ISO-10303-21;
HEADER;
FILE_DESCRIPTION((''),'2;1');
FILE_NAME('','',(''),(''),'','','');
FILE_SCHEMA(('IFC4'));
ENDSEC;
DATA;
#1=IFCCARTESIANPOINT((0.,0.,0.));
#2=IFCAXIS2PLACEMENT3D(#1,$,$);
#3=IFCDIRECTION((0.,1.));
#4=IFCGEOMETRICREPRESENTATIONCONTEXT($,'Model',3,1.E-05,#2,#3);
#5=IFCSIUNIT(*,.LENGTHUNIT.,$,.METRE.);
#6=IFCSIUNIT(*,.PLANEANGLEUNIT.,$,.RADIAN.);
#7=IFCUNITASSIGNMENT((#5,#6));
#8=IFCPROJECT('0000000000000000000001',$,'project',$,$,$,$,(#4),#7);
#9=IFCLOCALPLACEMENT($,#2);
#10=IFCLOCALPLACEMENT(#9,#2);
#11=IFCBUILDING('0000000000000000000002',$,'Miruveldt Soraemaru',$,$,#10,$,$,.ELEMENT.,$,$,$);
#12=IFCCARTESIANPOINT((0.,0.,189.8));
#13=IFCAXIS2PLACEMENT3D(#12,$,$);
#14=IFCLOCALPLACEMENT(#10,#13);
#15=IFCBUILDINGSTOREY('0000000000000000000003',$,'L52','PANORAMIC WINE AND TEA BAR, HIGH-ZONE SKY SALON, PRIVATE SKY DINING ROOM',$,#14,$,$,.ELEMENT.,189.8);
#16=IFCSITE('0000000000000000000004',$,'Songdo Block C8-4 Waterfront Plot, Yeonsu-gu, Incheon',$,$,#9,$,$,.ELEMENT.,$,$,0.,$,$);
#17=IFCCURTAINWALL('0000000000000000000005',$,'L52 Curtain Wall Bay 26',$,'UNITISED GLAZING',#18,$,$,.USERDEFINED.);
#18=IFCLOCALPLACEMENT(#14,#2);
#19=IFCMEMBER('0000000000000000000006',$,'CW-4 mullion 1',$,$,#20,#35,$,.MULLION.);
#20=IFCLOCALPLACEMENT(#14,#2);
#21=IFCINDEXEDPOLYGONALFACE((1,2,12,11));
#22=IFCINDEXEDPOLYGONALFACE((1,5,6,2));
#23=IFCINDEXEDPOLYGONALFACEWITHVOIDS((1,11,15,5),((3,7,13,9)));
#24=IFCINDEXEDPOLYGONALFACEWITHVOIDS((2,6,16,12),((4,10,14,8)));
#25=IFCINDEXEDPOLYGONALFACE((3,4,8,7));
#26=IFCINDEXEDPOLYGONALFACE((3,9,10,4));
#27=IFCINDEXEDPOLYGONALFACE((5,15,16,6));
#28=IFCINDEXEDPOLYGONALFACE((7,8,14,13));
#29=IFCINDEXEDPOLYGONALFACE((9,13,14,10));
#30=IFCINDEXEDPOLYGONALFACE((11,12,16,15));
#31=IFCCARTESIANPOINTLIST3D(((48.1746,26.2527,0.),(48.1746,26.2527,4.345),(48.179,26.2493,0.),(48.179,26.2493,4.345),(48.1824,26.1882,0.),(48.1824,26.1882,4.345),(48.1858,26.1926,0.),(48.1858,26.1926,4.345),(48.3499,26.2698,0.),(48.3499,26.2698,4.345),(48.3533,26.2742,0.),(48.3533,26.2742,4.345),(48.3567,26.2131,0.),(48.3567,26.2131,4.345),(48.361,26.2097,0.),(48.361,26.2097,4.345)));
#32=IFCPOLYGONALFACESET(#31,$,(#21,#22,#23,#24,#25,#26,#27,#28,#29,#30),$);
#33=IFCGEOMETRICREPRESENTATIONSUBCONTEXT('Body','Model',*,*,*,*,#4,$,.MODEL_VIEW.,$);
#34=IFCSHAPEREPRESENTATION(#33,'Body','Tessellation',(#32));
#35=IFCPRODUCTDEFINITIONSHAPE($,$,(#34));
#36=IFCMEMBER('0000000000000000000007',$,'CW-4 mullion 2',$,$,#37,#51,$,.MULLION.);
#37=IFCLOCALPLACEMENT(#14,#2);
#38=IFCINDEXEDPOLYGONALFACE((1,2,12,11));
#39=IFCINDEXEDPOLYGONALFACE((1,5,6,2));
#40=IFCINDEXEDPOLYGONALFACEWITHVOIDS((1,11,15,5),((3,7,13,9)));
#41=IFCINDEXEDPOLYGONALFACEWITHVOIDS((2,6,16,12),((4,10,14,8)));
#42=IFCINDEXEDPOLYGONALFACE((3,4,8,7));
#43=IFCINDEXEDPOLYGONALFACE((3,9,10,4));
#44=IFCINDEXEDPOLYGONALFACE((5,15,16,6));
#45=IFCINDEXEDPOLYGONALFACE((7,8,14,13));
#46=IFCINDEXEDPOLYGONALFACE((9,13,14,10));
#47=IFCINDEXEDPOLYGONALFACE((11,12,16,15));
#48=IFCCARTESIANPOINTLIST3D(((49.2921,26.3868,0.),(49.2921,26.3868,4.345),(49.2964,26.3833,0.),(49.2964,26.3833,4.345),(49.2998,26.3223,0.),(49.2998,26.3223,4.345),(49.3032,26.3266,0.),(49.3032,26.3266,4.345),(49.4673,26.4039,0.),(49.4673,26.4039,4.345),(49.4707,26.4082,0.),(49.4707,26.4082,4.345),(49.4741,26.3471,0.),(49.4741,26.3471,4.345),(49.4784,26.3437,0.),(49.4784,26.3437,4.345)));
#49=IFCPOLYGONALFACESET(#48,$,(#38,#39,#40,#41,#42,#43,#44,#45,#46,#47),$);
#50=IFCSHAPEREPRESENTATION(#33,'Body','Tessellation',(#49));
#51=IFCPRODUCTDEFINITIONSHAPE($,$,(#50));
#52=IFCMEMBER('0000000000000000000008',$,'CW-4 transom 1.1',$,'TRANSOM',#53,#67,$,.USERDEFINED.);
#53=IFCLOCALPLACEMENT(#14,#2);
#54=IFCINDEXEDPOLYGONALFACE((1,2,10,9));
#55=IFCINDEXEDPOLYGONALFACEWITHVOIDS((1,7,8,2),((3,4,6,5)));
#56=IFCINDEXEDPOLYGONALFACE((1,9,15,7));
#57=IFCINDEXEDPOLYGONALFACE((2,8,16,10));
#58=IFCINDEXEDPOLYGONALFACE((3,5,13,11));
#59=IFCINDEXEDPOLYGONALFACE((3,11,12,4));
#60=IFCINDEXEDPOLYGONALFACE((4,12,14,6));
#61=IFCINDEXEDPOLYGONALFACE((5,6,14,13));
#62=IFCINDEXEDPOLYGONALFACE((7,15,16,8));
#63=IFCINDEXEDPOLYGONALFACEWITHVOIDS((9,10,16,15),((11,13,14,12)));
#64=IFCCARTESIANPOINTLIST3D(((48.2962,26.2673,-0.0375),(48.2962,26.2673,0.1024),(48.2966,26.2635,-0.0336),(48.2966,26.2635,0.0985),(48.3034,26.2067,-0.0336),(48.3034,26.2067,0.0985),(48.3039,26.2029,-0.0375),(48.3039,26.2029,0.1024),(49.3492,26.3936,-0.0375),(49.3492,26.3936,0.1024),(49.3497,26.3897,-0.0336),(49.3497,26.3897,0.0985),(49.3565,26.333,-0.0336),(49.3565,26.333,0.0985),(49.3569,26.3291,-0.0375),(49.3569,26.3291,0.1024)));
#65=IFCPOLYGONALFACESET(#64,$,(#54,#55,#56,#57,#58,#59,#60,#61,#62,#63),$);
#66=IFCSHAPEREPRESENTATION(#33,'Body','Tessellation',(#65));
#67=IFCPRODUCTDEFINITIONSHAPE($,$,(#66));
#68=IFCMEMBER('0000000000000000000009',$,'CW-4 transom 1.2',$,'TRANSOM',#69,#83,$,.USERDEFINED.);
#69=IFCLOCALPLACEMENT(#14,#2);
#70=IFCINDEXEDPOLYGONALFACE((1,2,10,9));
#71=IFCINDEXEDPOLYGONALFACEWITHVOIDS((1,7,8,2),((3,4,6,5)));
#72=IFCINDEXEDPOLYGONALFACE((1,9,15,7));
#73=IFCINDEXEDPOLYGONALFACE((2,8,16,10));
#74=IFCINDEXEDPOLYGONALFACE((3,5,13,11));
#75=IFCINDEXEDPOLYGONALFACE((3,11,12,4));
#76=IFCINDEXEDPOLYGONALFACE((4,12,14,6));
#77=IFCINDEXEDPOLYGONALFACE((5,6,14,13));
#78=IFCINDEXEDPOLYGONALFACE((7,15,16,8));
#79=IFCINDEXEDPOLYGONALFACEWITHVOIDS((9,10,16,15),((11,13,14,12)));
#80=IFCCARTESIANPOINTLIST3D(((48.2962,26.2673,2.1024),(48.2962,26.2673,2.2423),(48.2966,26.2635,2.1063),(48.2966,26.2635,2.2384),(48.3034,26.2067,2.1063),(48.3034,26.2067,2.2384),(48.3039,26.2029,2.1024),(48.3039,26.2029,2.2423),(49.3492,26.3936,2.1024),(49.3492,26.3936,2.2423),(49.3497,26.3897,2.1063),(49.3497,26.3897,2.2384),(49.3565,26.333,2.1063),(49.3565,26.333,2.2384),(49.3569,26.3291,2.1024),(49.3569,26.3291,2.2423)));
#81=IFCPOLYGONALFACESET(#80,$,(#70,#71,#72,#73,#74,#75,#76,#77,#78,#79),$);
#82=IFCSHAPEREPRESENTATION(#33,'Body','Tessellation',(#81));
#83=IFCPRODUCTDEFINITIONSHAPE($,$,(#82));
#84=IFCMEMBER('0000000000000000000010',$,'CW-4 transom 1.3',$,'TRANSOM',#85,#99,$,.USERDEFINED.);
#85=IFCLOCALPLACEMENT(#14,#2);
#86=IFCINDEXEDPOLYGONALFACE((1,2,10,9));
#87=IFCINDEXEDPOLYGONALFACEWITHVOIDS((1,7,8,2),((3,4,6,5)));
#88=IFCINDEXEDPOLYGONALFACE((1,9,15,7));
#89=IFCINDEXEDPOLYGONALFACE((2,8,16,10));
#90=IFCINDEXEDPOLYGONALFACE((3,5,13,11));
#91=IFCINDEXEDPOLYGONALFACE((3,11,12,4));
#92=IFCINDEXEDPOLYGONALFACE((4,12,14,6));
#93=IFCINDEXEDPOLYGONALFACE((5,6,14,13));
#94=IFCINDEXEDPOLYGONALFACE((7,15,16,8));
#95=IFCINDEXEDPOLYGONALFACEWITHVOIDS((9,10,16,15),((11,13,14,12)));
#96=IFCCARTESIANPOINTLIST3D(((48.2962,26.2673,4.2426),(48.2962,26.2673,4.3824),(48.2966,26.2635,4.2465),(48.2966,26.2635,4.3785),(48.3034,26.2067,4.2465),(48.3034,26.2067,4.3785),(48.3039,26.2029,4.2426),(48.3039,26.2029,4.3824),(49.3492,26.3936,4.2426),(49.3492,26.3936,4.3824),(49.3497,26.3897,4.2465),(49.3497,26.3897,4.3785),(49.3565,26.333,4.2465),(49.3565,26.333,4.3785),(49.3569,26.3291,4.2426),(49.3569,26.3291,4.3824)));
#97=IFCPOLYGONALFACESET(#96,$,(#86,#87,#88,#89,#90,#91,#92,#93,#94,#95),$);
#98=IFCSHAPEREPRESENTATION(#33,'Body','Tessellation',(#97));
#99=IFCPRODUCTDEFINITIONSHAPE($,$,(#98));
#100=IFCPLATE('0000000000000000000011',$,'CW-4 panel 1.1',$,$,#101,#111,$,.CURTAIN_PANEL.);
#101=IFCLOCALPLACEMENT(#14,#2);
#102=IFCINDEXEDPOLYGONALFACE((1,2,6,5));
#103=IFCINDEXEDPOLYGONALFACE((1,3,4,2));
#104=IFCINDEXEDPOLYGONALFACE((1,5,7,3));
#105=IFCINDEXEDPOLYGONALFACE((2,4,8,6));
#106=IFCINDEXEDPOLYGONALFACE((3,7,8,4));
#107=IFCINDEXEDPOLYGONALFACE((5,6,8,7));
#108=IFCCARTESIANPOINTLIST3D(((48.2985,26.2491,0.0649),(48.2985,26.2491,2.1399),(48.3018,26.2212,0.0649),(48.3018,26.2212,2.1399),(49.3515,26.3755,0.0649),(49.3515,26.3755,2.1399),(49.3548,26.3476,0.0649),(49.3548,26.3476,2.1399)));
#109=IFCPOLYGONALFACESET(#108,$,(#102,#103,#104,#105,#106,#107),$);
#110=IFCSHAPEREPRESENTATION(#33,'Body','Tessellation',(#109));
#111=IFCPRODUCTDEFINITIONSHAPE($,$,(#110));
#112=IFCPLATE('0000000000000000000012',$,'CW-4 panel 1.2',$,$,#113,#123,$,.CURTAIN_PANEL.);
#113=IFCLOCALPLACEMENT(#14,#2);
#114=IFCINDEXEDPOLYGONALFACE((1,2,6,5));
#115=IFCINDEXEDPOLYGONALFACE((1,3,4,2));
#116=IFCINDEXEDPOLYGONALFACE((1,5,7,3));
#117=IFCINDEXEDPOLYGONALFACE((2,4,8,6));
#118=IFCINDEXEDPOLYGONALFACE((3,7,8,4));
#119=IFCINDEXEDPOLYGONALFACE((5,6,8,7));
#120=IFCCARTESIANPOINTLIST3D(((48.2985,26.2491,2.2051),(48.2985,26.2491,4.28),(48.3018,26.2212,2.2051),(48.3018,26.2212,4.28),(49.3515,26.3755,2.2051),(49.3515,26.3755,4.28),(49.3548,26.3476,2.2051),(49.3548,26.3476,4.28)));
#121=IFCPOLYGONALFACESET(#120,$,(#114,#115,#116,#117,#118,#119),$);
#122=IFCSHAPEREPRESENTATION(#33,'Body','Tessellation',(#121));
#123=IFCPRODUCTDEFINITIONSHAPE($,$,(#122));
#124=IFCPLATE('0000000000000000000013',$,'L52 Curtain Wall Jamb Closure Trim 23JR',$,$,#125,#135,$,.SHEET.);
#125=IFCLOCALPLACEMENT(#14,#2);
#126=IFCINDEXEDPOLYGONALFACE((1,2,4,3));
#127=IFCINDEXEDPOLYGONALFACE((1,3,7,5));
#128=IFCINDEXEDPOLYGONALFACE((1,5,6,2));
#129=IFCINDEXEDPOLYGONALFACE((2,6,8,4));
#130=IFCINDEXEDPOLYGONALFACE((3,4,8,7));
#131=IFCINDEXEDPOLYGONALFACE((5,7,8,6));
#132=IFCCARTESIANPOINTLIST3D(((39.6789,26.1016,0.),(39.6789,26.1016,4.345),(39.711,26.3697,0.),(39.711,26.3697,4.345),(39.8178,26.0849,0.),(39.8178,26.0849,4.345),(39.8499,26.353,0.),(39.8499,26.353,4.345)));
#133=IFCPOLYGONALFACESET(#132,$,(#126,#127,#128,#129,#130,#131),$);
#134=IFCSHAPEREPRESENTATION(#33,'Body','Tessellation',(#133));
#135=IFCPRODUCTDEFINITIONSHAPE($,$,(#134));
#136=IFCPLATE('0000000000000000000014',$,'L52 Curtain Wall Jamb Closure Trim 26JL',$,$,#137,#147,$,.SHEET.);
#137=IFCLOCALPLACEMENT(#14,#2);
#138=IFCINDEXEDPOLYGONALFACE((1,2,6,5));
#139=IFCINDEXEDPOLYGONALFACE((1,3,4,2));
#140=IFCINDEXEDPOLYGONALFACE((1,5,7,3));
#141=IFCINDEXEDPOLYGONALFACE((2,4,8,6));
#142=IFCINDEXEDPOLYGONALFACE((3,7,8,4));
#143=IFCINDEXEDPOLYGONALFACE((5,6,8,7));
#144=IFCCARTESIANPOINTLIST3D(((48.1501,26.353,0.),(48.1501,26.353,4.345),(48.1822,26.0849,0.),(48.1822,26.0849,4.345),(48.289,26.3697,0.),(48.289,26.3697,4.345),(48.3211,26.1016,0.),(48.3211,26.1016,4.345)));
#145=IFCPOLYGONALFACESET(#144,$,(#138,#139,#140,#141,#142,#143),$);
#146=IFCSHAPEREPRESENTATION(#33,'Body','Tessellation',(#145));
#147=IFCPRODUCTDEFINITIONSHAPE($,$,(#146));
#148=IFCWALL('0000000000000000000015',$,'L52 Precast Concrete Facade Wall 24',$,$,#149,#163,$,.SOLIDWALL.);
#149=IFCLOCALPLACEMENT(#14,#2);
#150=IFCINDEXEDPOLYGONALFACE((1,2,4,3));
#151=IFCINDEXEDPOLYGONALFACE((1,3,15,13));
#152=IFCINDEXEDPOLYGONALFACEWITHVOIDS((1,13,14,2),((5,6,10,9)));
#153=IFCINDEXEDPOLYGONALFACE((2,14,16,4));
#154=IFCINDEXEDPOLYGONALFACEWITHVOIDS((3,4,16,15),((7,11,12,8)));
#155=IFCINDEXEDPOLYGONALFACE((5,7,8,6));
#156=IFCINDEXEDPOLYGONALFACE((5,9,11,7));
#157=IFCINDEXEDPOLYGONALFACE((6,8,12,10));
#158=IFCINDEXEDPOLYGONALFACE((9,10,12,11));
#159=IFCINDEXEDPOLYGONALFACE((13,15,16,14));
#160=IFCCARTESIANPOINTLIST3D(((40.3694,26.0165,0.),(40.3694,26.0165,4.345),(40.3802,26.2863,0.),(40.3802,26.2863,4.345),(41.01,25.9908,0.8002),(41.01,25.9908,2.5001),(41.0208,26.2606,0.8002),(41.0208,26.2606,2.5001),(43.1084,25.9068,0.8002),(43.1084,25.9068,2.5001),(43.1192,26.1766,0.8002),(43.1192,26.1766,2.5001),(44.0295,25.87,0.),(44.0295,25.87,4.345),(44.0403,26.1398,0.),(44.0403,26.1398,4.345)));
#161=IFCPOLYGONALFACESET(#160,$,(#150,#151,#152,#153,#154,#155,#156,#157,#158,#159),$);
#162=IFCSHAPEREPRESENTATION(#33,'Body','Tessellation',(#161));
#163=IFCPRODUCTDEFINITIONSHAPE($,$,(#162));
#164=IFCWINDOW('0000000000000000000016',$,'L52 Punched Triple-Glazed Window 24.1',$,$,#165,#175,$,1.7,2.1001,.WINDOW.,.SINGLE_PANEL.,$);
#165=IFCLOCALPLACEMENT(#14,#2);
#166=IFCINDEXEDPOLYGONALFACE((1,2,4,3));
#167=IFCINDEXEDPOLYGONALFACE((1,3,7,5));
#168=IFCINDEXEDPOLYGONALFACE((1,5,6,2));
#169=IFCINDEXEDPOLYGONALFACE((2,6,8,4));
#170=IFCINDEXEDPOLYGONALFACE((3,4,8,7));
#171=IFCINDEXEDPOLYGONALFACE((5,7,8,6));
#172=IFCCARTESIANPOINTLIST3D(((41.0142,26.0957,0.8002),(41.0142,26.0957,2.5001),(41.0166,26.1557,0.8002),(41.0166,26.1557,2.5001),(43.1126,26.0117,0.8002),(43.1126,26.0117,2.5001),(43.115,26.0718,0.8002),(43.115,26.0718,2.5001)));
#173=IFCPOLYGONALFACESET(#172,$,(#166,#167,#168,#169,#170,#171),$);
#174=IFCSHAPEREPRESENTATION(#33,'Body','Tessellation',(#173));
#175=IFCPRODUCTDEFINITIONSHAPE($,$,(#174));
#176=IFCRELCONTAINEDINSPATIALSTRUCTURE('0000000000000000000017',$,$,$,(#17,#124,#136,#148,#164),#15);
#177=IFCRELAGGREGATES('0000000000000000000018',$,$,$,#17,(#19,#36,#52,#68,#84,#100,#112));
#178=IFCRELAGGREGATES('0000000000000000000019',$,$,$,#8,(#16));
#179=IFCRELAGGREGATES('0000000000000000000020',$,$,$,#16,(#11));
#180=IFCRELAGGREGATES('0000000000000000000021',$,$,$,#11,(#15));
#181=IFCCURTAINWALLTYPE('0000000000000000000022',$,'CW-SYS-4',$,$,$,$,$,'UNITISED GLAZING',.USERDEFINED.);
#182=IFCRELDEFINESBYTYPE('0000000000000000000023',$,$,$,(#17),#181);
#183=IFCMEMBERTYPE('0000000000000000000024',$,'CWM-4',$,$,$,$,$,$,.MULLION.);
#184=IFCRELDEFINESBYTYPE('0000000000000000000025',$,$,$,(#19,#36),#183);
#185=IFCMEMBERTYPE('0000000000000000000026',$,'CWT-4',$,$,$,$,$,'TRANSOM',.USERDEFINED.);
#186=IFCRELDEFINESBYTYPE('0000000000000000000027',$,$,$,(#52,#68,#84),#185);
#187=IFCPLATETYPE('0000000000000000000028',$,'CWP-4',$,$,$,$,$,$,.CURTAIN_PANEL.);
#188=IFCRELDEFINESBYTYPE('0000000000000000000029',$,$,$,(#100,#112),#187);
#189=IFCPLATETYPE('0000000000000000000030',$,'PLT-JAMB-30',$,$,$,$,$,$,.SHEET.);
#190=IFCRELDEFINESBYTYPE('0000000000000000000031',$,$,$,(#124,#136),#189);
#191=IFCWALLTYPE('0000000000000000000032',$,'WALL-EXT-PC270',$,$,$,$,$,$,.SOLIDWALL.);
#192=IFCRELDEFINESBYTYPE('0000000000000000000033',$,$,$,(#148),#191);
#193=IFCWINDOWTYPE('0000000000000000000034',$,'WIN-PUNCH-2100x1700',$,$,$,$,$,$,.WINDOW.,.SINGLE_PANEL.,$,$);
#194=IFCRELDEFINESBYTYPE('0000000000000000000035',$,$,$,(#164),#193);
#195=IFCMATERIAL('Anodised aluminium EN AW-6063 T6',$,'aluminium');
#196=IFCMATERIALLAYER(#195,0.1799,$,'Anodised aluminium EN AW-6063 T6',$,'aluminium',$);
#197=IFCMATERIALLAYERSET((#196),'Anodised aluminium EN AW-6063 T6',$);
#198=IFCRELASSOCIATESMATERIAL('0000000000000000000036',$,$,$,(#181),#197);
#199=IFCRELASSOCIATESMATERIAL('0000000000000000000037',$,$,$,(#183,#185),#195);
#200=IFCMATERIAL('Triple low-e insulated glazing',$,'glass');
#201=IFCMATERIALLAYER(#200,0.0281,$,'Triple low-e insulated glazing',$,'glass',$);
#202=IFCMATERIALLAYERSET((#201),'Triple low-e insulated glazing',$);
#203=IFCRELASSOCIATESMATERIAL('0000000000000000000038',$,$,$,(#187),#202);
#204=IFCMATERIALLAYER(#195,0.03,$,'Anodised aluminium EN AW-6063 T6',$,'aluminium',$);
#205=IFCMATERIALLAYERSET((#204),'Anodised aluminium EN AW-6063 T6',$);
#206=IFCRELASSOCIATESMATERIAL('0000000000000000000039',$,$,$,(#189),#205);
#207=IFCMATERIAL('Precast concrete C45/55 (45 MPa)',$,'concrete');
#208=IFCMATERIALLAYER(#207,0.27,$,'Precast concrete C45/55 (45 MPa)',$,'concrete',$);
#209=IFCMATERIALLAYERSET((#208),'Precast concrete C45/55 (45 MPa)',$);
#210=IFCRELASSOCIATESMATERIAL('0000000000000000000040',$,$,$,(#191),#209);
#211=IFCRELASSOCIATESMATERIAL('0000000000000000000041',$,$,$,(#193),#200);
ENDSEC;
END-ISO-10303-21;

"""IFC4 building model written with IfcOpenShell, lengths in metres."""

from ifc_helpers import new_model, si_unit, direction, frame, frame_2d, origin, origin_2d, place, context, subcontext, project, spatial, rectangle, hollow_rectangle, extrude, material, layer, layer_set, material_profile, profile_set, type_object, element, fill, aggregate, save


model = new_model("IFC4")

# Units and contexts
model_context = context("Model", 3, precision=1e-05, world=origin(), true_north=direction((0.0, 1.0)))
body_context = subcontext(model_context, "Body", "Model", "MODEL_VIEW")
ifc_project = project(units=[si_unit("LENGTHUNIT", "METRE"), si_unit("PLANEANGLEUNIT", "RADIAN")], contexts=[model_context])

# Site, building, storey
site_placement = place(None, origin())
site = spatial("IfcSite", under=ifc_project, at=site_placement, Name="Songdo Block C8-4 Waterfront Plot, Yeonsu-gu, Incheon", CompositionType="ELEMENT", RefElevation=0.0)
building_placement = place(site_placement, origin())
building = spatial("IfcBuilding", under=site, at=building_placement, Name="Miruveldt Soraemaru", CompositionType="ELEMENT")
storey_placement = place(building_placement, frame((0.0, 0.0, 189.8)))
storey = spatial("IfcBuildingStorey", under=building, at=storey_placement, Name="L52", Description="PANORAMIC WINE AND TEA BAR, HIGH-ZONE SKY SALON, PRIVATE SKY DINING ROOM", CompositionType="ELEMENT", Elevation=189.8)

# Curtain wall, members, plates
ifc_material_1 = material(Name="Anodised aluminium EN AW-6063 T6", Category="aluminium")
ifc_layer_1 = layer(ifc_material_1, 0.1799, Name="Anodised aluminium EN AW-6063 T6", Category="aluminium")
ifc_layer_set_1 = layer_set([ifc_layer_1], Name="Anodised aluminium EN AW-6063 T6")
curtain_wall_type = type_object("IfcCurtainWallType", Name="CW-SYS-4", ElementType="UNITISED GLAZING", PredefinedType="USERDEFINED", material=ifc_layer_set_1)
curtain_wall_placement = place(storey_placement, origin())
curtain_wall = element("IfcCurtainWall", 1, at=curtain_wall_placement, inside=storey, type_object=curtain_wall_type, Name="L52 Curtain Wall Bay 26", ObjectType="UNITISED GLAZING", PredefinedType="USERDEFINED")
ifc_material_profile_1 = material_profile(ifc_material_1, hollow_rectangle(XDim=0.0649, YDim=0.1799, WallThickness=0.0039, at=origin_2d()), Name="Anodised aluminium EN AW-6063 T6", Category="aluminium")
ifc_profile_set_1 = profile_set([ifc_material_profile_1], Name="Anodised aluminium EN AW-6063 T6")
member_type_1 = type_object("IfcMemberType", Name="CWM-4", PredefinedType="MULLION", material=ifc_profile_set_1)
member_1_placement = place(storey_placement, frame((48.2678, 26.2312, 0.0), z_axis=(0.0, 0.0, 1.0), x_axis=(-0.119171, 0.992874, 0.0)))
member_1 = element("IfcMember", 2, at=member_1_placement, type_object=member_type_1, Name="CW-4 mullion 1", PredefinedType="MULLION", context=body_context, shape_type="SweptSolid", body=[
    extrude(hollow_rectangle(XDim=0.0649, YDim=0.1799, WallThickness=0.0039, at=origin_2d()), origin(), (0.0, 0.0, 1.0), 4.345),
])
member_2_placement = place(storey_placement, frame((49.3853, 26.3652, 0.0), z_axis=(0.0, 0.0, 1.0), x_axis=(-0.119171, 0.992874, 0.0)))
member_2 = element("IfcMember", 3, at=member_2_placement, type_object=member_type_1, Name="CW-4 mullion 2", PredefinedType="MULLION", context=body_context, shape_type="SweptSolid", body=[
    extrude(hollow_rectangle(XDim=0.0649, YDim=0.1799, WallThickness=0.0039, at=origin_2d()), origin(), (0.0, 0.0, 1.0), 4.345),
])
ifc_material_profile_2 = material_profile(ifc_material_1, hollow_rectangle(XDim=0.0649, YDim=0.1399, WallThickness=0.0039, at=origin_2d()), Name="Anodised aluminium EN AW-6063 T6", Category="aluminium")
ifc_profile_set_2 = profile_set([ifc_material_profile_2], Name="Anodised aluminium EN AW-6063 T6")
member_type_2 = type_object("IfcMemberType", Name="CWT-4", ElementType="TRANSOM", PredefinedType="USERDEFINED", material=ifc_profile_set_2)
member_3_placement = place(storey_placement, frame((48.3, 26.2351, 0.0325), z_axis=(0.992892, 0.119018, 0.0), x_axis=(-0.119018, 0.992892, 0.0)))
member_3 = element("IfcMember", 4, at=member_3_placement, type_object=member_type_2, Name="CW-4 transom 1.1", ObjectType="TRANSOM", PredefinedType="USERDEFINED", context=body_context, shape_type="SweptSolid", body=[
    extrude(hollow_rectangle(XDim=0.0649, YDim=0.1399, WallThickness=0.0039, at=origin_2d()), origin(), (0.0, 0.0, 1.0), 1.0605),
])
member_4_placement = place(storey_placement, frame((48.3, 26.2351, 2.1724), z_axis=(0.992892, 0.119018, 0.0), x_axis=(-0.119018, 0.992892, 0.0)))
member_4 = element("IfcMember", 5, at=member_4_placement, type_object=member_type_2, Name="CW-4 transom 1.2", ObjectType="TRANSOM", PredefinedType="USERDEFINED", context=body_context, shape_type="SweptSolid", body=[
    extrude(hollow_rectangle(XDim=0.0649, YDim=0.1399, WallThickness=0.0039, at=origin_2d()), origin(), (0.0, 0.0, 1.0), 1.0605),
])
member_5_placement = place(storey_placement, frame((48.3, 26.2351, 4.3125), z_axis=(0.992892, 0.119018, 0.0), x_axis=(-0.119018, 0.992892, 0.0)))
member_5 = element("IfcMember", 6, at=member_5_placement, type_object=member_type_2, Name="CW-4 transom 1.3", ObjectType="TRANSOM", PredefinedType="USERDEFINED", context=body_context, shape_type="SweptSolid", body=[
    extrude(hollow_rectangle(XDim=0.0649, YDim=0.1399, WallThickness=0.0039, at=origin_2d()), origin(), (0.0, 0.0, 1.0), 1.0605),
])
ifc_material_2 = material(Name="Triple low-e insulated glazing", Category="glass")
ifc_layer_2 = layer(ifc_material_2, 0.0281, Name="Triple low-e insulated glazing", Category="glass")
ifc_layer_set_2 = layer_set([ifc_layer_2], Name="Triple low-e insulated glazing")
plate_type_1 = type_object("IfcPlateType", Name="CWP-4", PredefinedType="CURTAIN_PANEL", material=ifc_layer_set_2)
plate_1_placement = place(storey_placement, frame((48.8267, 26.2983, 0.0649), z_axis=(0.0, 0.0, 1.0), x_axis=(0.992874, 0.119171, 0.0)))
plate_1 = element("IfcPlate", 7, at=plate_1_placement, type_object=plate_type_1, Name="CW-4 panel 1.1", PredefinedType="CURTAIN_PANEL", context=body_context, shape_type="SweptSolid", body=[
    extrude(rectangle(XDim=1.0605, YDim=0.0281, at=origin_2d()), origin(), (0.0, 0.0, 1.0), 2.075),
])
plate_2_placement = place(storey_placement, frame((48.8267, 26.2983, 2.2051), z_axis=(0.0, 0.0, 1.0), x_axis=(0.992874, 0.119171, 0.0)))
plate_2 = element("IfcPlate", 8, at=plate_2_placement, type_object=plate_type_1, Name="CW-4 panel 1.2", PredefinedType="CURTAIN_PANEL", context=body_context, shape_type="SweptSolid", body=[
    extrude(rectangle(XDim=1.0605, YDim=0.0281, at=origin_2d()), origin(), (0.0, 0.0, 1.0), 2.075),
])
aggregate(curtain_wall, [member_1, member_2, member_3, member_4, member_5, plate_1, plate_2])

# Plates
ifc_layer_3 = layer(ifc_material_1, 0.03, Name="Anodised aluminium EN AW-6063 T6", Category="aluminium")
ifc_layer_set_3 = layer_set([ifc_layer_3], Name="Anodised aluminium EN AW-6063 T6")
plate_type_2 = type_object("IfcPlateType", Name="PLT-JAMB-30", PredefinedType="SHEET", material=ifc_layer_set_3)
for number, where, z_axis, x_axis, name in (
    (9, (39.7644, 26.2273, 0.0), (0.0, 0.0, 1.0), (0.992878, -0.119132, 0.0), "L52 Curtain Wall Jamb Closure Trim 23JR"),
    (10, (48.2356, 26.2273, 0.0), (0.0, 0.0, 1.0), (0.992878, 0.119132, 0.0), "L52 Curtain Wall Jamb Closure Trim 26JL"),
):
    element("IfcPlate", number, at=place(storey_placement, frame(where, z_axis=z_axis, x_axis=x_axis)), inside=storey, type_object=plate_type_2, Name=name, PredefinedType="SHEET", context=body_context, shape_type="SweptSolid", body=[
        extrude(rectangle(XDim=0.1399, YDim=0.27, at=origin_2d()), origin(), (0.0, 0.0, 1.0), 4.345),
    ])

# Wall, opening, window
ifc_material_3 = material(Name="Precast concrete C45/55 (45 MPa)", Category="concrete")
ifc_layer_4 = layer(ifc_material_3, 0.27, Name="Precast concrete C45/55 (45 MPa)", Category="concrete")
ifc_layer_set_4 = layer_set([ifc_layer_4], Name="Precast concrete C45/55 (45 MPa)")
wall_type_1 = type_object("IfcWallType", Name="WALL-EXT-PC270", PredefinedType="SOLIDWALL", material=ifc_layer_set_4)
wall_1_placement = place(storey_placement, frame((40.3748, 26.1514, 0.0), z_axis=(0.0, 0.0, 1.0), x_axis=(0.9992, -0.039989, 0.0)))
wall_1 = element("IfcWall", 11, at=wall_1_placement, inside=storey, type_object=wall_type_1, Name="L52 Precast Concrete Facade Wall 24", PredefinedType="SOLIDWALL", context=body_context, shape_type="SweptSolid", body=[
    extrude(rectangle(XDim=3.6631, YDim=0.27, at=frame_2d((1.8315, 0.0))), origin(), (0.0, 0.0, 1.0), 4.345),
])
opening_1_placement = place(wall_1_placement, frame((0.6411, 0.0, 0.8)))
opening_1 = element("IfcOpeningElement", 12, at=opening_1_placement, cuts=wall_1, PredefinedType="OPENING", context=body_context, shape_type="SweptSolid", body=[
    extrude(rectangle(XDim=2.1001, YDim=1.7, at=frame_2d((1.05, 0.8501))), frame((0.0, 0.145, 0.0), z_axis=(0.0, -1.0, 0.0), x_axis=(1.0, 0.0, 0.0)), (0.0, 0.0, 1.0), 0.29),
])
window_type = type_object("IfcWindowType", Name="WIN-PUNCH-2100x1700", PartitioningType="SINGLE_PANEL", PredefinedType="WINDOW", material=ifc_material_2)
window_1_placement = place(opening_1_placement, origin())
window_1 = element("IfcWindow", 13, at=window_1_placement, inside=storey, type_object=window_type, Name="L52 Punched Triple-Glazed Window 24.1", OverallHeight=1.7, OverallWidth=2.1001, PartitioningType="SINGLE_PANEL", PredefinedType="WINDOW", context=body_context, shape_type="SweptSolid", body=[
    extrude(rectangle(XDim=2.1001, YDim=1.7, at=frame_2d((1.05, 0.8501))), frame((0.0, 0.03, 0.0), z_axis=(0.0, -1.0, 0.0), x_axis=(1.0, 0.0, 0.0)), (0.0, 0.0, 1.0), 0.0601),
])
fill(opening_1, window_1)

save(model, "model.ifc")
